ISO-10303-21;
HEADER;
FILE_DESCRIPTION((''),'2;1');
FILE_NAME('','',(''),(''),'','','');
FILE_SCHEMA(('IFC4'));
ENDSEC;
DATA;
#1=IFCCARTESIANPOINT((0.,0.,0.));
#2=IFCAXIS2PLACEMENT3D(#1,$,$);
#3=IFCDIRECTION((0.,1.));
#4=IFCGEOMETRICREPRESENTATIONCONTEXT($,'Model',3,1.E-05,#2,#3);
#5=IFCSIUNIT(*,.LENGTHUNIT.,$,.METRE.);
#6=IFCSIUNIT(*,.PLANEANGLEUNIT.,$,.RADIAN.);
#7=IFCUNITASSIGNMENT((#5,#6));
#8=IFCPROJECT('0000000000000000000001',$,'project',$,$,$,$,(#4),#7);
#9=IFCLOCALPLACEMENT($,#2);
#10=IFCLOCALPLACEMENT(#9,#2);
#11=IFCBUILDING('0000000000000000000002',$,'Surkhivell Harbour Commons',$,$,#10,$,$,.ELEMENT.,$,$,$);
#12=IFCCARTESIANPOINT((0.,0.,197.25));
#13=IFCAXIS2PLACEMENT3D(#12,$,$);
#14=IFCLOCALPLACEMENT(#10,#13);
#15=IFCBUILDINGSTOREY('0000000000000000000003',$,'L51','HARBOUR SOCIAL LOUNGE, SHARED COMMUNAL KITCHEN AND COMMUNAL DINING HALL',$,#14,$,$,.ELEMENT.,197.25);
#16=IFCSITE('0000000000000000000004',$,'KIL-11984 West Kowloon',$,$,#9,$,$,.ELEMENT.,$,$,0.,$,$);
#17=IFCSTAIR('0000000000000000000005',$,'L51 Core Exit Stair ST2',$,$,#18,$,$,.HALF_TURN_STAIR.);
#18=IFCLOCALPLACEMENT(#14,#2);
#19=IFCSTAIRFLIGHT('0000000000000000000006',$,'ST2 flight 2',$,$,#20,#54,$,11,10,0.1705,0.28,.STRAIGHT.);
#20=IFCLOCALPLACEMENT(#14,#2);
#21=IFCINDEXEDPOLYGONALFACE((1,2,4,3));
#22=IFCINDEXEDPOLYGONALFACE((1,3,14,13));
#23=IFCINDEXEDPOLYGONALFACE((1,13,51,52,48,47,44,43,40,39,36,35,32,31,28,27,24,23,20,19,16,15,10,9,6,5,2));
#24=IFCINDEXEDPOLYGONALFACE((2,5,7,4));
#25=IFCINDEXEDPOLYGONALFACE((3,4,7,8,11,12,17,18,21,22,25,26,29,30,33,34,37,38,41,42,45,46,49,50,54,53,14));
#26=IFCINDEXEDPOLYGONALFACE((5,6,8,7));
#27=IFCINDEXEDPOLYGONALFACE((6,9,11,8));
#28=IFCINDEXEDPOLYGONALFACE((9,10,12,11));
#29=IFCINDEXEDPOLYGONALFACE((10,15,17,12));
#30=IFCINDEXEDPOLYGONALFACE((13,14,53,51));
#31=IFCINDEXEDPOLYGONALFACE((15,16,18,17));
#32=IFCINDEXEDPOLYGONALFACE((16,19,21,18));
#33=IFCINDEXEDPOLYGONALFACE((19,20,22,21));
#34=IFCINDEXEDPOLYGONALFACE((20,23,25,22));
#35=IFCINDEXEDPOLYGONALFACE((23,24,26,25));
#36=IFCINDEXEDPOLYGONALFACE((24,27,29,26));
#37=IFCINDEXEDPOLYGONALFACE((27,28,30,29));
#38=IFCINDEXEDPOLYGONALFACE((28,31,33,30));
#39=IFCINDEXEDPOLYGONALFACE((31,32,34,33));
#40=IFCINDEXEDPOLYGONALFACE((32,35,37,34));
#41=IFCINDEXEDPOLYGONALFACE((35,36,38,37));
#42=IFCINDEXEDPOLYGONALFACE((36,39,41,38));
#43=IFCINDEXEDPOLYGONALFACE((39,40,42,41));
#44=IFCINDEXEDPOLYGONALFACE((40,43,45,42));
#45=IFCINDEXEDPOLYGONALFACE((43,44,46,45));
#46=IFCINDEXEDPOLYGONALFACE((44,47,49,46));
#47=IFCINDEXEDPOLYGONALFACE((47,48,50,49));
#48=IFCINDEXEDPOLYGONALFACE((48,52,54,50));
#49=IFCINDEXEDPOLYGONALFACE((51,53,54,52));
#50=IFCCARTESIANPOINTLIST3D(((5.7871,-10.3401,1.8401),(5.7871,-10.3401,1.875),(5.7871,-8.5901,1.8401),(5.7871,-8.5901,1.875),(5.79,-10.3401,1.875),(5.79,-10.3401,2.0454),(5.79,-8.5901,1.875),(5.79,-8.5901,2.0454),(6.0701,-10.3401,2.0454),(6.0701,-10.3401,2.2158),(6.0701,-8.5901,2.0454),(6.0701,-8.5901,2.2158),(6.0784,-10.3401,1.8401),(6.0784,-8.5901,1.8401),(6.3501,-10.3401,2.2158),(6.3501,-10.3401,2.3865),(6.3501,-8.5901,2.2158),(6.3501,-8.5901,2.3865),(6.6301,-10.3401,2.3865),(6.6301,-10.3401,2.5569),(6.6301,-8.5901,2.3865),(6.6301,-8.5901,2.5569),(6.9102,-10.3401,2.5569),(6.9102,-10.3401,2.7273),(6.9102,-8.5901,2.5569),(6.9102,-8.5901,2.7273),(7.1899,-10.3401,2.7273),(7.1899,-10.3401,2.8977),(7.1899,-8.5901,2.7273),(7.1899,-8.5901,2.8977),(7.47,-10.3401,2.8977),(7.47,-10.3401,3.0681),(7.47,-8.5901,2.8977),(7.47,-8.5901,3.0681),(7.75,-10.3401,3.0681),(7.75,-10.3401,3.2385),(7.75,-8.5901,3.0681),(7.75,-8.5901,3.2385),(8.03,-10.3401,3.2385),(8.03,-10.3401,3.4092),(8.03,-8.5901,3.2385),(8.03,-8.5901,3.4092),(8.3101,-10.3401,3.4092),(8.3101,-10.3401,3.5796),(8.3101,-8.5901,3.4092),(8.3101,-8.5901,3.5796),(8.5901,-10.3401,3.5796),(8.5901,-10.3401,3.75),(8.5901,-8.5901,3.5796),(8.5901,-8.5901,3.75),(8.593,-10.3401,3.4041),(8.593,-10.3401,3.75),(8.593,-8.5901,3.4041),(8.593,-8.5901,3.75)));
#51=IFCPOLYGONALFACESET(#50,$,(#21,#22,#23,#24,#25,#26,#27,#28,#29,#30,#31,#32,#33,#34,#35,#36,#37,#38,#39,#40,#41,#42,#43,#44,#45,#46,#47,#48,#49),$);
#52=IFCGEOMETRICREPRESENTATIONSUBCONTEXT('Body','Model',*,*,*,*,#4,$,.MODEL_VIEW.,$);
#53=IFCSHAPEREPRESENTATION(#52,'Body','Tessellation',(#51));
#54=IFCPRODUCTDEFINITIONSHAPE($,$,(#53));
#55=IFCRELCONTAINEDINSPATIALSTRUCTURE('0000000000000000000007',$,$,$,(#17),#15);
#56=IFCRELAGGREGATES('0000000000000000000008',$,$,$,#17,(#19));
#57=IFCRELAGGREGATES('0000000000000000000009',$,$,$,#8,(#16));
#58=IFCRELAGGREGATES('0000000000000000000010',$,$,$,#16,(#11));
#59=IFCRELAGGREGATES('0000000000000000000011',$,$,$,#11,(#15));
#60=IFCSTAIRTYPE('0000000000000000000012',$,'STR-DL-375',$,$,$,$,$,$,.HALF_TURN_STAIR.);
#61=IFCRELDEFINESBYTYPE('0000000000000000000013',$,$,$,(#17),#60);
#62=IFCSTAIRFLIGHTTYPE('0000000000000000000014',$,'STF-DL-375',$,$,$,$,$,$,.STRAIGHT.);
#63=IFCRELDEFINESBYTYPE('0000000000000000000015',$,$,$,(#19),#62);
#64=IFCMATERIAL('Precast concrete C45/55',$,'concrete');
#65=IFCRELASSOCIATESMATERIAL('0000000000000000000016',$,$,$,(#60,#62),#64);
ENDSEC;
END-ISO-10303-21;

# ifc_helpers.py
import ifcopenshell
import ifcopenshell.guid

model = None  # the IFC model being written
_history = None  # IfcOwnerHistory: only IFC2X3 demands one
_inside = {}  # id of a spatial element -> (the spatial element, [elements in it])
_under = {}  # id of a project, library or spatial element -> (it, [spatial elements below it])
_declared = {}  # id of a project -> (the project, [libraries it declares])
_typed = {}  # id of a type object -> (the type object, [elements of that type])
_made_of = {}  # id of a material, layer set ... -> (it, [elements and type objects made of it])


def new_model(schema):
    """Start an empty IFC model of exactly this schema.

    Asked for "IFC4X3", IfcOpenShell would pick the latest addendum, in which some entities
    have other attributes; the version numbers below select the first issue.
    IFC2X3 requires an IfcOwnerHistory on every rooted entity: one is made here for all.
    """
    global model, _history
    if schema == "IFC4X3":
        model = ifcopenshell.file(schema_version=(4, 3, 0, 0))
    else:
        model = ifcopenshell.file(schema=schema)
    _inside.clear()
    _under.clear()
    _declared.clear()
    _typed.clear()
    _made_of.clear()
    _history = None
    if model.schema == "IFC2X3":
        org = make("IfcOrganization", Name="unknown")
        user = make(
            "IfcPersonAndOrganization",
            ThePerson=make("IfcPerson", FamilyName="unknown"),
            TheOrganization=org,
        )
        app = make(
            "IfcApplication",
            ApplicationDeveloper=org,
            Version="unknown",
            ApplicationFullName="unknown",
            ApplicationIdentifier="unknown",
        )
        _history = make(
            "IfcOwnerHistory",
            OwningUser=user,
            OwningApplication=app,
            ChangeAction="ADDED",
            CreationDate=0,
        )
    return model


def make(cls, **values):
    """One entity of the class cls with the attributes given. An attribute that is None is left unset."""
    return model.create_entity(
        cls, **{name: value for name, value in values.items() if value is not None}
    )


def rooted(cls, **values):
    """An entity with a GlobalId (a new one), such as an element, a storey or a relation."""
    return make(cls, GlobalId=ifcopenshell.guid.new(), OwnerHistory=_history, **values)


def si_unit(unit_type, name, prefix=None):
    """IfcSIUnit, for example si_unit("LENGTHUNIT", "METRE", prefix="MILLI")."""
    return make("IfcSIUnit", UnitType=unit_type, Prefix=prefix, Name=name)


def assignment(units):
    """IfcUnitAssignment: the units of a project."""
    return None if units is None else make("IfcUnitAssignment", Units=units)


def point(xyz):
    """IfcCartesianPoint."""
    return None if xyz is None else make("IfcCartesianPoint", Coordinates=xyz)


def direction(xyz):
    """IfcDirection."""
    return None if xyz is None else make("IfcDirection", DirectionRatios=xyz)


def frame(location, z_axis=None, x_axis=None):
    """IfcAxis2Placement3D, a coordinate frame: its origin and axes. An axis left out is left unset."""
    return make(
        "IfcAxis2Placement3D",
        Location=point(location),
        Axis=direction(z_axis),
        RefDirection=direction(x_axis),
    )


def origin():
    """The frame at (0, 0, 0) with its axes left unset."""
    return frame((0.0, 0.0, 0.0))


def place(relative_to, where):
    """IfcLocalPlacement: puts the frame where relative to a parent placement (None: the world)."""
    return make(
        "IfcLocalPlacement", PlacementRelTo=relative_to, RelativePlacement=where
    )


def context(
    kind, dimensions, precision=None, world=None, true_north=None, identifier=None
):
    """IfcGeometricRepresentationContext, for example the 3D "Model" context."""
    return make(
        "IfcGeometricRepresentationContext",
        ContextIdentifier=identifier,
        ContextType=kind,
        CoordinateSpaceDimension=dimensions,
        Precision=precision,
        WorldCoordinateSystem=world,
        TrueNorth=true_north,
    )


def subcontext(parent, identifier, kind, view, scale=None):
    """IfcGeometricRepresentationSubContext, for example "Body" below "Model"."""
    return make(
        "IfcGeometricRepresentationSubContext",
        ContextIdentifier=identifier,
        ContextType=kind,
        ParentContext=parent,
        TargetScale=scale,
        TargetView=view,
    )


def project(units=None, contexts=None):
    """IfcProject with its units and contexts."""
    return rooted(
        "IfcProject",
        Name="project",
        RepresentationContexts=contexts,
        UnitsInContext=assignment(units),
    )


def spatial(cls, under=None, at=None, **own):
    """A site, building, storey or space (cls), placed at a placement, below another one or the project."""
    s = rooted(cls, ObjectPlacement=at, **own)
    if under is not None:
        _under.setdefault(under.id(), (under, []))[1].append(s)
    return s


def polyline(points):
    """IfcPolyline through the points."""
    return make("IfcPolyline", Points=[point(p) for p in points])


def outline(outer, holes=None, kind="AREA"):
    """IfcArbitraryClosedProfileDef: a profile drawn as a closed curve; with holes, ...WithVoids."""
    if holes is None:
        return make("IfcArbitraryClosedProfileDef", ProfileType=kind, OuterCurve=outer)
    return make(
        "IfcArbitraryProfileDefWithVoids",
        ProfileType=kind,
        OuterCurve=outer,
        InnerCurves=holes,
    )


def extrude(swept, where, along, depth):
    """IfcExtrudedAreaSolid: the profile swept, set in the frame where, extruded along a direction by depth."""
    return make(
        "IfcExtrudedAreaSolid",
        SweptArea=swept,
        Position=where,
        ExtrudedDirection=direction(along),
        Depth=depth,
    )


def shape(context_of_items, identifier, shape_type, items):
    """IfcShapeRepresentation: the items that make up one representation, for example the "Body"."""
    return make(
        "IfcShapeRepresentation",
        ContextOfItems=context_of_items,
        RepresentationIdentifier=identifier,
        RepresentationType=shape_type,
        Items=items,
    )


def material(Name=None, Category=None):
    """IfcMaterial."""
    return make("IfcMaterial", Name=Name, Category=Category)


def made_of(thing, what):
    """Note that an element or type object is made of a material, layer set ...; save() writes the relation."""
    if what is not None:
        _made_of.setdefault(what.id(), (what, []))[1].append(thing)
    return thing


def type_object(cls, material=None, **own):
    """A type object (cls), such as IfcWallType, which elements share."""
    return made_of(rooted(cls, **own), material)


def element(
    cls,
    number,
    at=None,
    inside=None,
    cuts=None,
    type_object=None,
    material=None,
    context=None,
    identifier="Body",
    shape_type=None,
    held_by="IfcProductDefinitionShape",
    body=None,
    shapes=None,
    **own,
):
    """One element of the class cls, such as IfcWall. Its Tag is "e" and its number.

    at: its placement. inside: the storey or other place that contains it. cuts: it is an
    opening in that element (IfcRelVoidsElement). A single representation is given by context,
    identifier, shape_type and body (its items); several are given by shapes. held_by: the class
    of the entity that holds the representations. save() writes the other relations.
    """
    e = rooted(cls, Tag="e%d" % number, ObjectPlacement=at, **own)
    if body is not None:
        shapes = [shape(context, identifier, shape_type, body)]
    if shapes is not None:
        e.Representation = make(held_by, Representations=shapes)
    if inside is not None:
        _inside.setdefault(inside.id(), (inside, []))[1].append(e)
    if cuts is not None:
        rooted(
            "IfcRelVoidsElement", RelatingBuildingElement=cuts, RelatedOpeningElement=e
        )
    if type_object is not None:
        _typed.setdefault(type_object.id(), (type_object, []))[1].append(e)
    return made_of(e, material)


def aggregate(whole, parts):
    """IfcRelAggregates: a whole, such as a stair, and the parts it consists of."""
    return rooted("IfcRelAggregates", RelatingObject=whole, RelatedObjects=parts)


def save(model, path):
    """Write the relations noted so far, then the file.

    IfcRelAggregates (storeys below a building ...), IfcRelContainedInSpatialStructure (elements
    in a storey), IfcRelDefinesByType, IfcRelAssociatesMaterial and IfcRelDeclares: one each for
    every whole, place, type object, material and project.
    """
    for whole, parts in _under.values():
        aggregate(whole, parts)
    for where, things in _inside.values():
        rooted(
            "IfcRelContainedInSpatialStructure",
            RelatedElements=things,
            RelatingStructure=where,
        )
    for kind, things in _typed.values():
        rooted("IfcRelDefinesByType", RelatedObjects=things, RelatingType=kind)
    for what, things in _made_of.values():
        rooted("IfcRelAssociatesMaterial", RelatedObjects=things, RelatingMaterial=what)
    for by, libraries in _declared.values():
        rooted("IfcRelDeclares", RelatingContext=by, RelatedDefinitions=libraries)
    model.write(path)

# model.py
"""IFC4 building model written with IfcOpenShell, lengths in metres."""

from ifc_helpers import new_model, si_unit, direction, frame, origin, place, context, subcontext, project, spatial, polyline, outline, extrude, material, type_object, element, aggregate, save


model = new_model("IFC4")

# Units and contexts
model_context = context("Model", 3, precision=1e-05, world=origin(), true_north=direction((0.0, 1.0)))
body_context = subcontext(model_context, "Body", "Model", "MODEL_VIEW")
ifc_project = project(units=[si_unit("LENGTHUNIT", "METRE"), si_unit("PLANEANGLEUNIT", "RADIAN")], contexts=[model_context])

# Site, building, storey
site_placement = place(None, origin())
site = spatial("IfcSite", under=ifc_project, at=site_placement, Name="KIL-11984 West Kowloon", CompositionType="ELEMENT", RefElevation=0.0)
building_placement = place(site_placement, origin())
building = spatial("IfcBuilding", under=site, at=building_placement, Name="Surkhivell Harbour Commons", CompositionType="ELEMENT")
storey_placement = place(building_placement, frame((0.0, 0.0, 197.25)))
storey = spatial("IfcBuildingStorey", under=building, at=storey_placement, Name="L51", Description="HARBOUR SOCIAL LOUNGE, SHARED COMMUNAL KITCHEN AND COMMUNAL DINING HALL", CompositionType="ELEMENT", Elevation=197.25)

# Stair, stair flight
ifc_material_1 = material(Name="Precast concrete C45/55", Category="concrete")
stair_type = type_object("IfcStairType", Name="STR-DL-375", PredefinedType="HALF_TURN_STAIR", material=ifc_material_1)
stair_placement = place(storey_placement, origin())
stair = element("IfcStair", 1, at=stair_placement, inside=storey, type_object=stair_type, Name="L51 Core Exit Stair ST2", PredefinedType="HALF_TURN_STAIR")
stair_flight_type = type_object("IfcStairFlightType", Name="STF-DL-375", PredefinedType="STRAIGHT", material=ifc_material_1)
stair_flight_placement = place(storey_placement, frame((5.79, -9.4651, 1.875), z_axis=(0.0, 0.0, 1.0), x_axis=(1.0, 0.0, 0.0)))
stair_flight = element("IfcStairFlight", 2, at=stair_flight_placement, type_object=stair_flight_type, Name="ST2 flight 2", NumberOfRisers=11, NumberOfTreads=10, PredefinedType="STRAIGHT", RiserHeight=0.1705, TreadLength=0.28, context=body_context, shape_type="SweptSolid", body=[
    extrude(outline(polyline([(-0.0029, -0.0349), (-0.0029, 0.0), (0.0, 0.0), (0.0, 0.1704), (0.28, 0.1704), (0.28, 0.3408), (0.5601, 0.3408), (0.5601, 0.5115), (0.8401, 0.5115), (0.8401, 0.6819), (1.1201, 0.6819), (1.1201, 0.8523), (1.3999, 0.8523), (1.3999, 1.0227), (1.6799, 1.0227), (1.6799, 1.1931), (1.96, 1.1931), (1.96, 1.3635), (2.24, 1.3635), (2.24, 1.5342), (2.52, 1.5342), (2.52, 1.7046), (2.8, 1.7046), (2.8, 1.875), (2.803, 1.875), (2.803, 1.5291), (0.2883, -0.0349), (-0.0029, -0.0349)])), frame((0.0, 0.875, 0.0), z_axis=(0.0, -1.0, 0.0), x_axis=(1.0, 0.0, 0.0)), (0.0, 0.0, 1.0), 1.75),
])
aggregate(stair, [stair_flight])

save(model, "model.ifc")
